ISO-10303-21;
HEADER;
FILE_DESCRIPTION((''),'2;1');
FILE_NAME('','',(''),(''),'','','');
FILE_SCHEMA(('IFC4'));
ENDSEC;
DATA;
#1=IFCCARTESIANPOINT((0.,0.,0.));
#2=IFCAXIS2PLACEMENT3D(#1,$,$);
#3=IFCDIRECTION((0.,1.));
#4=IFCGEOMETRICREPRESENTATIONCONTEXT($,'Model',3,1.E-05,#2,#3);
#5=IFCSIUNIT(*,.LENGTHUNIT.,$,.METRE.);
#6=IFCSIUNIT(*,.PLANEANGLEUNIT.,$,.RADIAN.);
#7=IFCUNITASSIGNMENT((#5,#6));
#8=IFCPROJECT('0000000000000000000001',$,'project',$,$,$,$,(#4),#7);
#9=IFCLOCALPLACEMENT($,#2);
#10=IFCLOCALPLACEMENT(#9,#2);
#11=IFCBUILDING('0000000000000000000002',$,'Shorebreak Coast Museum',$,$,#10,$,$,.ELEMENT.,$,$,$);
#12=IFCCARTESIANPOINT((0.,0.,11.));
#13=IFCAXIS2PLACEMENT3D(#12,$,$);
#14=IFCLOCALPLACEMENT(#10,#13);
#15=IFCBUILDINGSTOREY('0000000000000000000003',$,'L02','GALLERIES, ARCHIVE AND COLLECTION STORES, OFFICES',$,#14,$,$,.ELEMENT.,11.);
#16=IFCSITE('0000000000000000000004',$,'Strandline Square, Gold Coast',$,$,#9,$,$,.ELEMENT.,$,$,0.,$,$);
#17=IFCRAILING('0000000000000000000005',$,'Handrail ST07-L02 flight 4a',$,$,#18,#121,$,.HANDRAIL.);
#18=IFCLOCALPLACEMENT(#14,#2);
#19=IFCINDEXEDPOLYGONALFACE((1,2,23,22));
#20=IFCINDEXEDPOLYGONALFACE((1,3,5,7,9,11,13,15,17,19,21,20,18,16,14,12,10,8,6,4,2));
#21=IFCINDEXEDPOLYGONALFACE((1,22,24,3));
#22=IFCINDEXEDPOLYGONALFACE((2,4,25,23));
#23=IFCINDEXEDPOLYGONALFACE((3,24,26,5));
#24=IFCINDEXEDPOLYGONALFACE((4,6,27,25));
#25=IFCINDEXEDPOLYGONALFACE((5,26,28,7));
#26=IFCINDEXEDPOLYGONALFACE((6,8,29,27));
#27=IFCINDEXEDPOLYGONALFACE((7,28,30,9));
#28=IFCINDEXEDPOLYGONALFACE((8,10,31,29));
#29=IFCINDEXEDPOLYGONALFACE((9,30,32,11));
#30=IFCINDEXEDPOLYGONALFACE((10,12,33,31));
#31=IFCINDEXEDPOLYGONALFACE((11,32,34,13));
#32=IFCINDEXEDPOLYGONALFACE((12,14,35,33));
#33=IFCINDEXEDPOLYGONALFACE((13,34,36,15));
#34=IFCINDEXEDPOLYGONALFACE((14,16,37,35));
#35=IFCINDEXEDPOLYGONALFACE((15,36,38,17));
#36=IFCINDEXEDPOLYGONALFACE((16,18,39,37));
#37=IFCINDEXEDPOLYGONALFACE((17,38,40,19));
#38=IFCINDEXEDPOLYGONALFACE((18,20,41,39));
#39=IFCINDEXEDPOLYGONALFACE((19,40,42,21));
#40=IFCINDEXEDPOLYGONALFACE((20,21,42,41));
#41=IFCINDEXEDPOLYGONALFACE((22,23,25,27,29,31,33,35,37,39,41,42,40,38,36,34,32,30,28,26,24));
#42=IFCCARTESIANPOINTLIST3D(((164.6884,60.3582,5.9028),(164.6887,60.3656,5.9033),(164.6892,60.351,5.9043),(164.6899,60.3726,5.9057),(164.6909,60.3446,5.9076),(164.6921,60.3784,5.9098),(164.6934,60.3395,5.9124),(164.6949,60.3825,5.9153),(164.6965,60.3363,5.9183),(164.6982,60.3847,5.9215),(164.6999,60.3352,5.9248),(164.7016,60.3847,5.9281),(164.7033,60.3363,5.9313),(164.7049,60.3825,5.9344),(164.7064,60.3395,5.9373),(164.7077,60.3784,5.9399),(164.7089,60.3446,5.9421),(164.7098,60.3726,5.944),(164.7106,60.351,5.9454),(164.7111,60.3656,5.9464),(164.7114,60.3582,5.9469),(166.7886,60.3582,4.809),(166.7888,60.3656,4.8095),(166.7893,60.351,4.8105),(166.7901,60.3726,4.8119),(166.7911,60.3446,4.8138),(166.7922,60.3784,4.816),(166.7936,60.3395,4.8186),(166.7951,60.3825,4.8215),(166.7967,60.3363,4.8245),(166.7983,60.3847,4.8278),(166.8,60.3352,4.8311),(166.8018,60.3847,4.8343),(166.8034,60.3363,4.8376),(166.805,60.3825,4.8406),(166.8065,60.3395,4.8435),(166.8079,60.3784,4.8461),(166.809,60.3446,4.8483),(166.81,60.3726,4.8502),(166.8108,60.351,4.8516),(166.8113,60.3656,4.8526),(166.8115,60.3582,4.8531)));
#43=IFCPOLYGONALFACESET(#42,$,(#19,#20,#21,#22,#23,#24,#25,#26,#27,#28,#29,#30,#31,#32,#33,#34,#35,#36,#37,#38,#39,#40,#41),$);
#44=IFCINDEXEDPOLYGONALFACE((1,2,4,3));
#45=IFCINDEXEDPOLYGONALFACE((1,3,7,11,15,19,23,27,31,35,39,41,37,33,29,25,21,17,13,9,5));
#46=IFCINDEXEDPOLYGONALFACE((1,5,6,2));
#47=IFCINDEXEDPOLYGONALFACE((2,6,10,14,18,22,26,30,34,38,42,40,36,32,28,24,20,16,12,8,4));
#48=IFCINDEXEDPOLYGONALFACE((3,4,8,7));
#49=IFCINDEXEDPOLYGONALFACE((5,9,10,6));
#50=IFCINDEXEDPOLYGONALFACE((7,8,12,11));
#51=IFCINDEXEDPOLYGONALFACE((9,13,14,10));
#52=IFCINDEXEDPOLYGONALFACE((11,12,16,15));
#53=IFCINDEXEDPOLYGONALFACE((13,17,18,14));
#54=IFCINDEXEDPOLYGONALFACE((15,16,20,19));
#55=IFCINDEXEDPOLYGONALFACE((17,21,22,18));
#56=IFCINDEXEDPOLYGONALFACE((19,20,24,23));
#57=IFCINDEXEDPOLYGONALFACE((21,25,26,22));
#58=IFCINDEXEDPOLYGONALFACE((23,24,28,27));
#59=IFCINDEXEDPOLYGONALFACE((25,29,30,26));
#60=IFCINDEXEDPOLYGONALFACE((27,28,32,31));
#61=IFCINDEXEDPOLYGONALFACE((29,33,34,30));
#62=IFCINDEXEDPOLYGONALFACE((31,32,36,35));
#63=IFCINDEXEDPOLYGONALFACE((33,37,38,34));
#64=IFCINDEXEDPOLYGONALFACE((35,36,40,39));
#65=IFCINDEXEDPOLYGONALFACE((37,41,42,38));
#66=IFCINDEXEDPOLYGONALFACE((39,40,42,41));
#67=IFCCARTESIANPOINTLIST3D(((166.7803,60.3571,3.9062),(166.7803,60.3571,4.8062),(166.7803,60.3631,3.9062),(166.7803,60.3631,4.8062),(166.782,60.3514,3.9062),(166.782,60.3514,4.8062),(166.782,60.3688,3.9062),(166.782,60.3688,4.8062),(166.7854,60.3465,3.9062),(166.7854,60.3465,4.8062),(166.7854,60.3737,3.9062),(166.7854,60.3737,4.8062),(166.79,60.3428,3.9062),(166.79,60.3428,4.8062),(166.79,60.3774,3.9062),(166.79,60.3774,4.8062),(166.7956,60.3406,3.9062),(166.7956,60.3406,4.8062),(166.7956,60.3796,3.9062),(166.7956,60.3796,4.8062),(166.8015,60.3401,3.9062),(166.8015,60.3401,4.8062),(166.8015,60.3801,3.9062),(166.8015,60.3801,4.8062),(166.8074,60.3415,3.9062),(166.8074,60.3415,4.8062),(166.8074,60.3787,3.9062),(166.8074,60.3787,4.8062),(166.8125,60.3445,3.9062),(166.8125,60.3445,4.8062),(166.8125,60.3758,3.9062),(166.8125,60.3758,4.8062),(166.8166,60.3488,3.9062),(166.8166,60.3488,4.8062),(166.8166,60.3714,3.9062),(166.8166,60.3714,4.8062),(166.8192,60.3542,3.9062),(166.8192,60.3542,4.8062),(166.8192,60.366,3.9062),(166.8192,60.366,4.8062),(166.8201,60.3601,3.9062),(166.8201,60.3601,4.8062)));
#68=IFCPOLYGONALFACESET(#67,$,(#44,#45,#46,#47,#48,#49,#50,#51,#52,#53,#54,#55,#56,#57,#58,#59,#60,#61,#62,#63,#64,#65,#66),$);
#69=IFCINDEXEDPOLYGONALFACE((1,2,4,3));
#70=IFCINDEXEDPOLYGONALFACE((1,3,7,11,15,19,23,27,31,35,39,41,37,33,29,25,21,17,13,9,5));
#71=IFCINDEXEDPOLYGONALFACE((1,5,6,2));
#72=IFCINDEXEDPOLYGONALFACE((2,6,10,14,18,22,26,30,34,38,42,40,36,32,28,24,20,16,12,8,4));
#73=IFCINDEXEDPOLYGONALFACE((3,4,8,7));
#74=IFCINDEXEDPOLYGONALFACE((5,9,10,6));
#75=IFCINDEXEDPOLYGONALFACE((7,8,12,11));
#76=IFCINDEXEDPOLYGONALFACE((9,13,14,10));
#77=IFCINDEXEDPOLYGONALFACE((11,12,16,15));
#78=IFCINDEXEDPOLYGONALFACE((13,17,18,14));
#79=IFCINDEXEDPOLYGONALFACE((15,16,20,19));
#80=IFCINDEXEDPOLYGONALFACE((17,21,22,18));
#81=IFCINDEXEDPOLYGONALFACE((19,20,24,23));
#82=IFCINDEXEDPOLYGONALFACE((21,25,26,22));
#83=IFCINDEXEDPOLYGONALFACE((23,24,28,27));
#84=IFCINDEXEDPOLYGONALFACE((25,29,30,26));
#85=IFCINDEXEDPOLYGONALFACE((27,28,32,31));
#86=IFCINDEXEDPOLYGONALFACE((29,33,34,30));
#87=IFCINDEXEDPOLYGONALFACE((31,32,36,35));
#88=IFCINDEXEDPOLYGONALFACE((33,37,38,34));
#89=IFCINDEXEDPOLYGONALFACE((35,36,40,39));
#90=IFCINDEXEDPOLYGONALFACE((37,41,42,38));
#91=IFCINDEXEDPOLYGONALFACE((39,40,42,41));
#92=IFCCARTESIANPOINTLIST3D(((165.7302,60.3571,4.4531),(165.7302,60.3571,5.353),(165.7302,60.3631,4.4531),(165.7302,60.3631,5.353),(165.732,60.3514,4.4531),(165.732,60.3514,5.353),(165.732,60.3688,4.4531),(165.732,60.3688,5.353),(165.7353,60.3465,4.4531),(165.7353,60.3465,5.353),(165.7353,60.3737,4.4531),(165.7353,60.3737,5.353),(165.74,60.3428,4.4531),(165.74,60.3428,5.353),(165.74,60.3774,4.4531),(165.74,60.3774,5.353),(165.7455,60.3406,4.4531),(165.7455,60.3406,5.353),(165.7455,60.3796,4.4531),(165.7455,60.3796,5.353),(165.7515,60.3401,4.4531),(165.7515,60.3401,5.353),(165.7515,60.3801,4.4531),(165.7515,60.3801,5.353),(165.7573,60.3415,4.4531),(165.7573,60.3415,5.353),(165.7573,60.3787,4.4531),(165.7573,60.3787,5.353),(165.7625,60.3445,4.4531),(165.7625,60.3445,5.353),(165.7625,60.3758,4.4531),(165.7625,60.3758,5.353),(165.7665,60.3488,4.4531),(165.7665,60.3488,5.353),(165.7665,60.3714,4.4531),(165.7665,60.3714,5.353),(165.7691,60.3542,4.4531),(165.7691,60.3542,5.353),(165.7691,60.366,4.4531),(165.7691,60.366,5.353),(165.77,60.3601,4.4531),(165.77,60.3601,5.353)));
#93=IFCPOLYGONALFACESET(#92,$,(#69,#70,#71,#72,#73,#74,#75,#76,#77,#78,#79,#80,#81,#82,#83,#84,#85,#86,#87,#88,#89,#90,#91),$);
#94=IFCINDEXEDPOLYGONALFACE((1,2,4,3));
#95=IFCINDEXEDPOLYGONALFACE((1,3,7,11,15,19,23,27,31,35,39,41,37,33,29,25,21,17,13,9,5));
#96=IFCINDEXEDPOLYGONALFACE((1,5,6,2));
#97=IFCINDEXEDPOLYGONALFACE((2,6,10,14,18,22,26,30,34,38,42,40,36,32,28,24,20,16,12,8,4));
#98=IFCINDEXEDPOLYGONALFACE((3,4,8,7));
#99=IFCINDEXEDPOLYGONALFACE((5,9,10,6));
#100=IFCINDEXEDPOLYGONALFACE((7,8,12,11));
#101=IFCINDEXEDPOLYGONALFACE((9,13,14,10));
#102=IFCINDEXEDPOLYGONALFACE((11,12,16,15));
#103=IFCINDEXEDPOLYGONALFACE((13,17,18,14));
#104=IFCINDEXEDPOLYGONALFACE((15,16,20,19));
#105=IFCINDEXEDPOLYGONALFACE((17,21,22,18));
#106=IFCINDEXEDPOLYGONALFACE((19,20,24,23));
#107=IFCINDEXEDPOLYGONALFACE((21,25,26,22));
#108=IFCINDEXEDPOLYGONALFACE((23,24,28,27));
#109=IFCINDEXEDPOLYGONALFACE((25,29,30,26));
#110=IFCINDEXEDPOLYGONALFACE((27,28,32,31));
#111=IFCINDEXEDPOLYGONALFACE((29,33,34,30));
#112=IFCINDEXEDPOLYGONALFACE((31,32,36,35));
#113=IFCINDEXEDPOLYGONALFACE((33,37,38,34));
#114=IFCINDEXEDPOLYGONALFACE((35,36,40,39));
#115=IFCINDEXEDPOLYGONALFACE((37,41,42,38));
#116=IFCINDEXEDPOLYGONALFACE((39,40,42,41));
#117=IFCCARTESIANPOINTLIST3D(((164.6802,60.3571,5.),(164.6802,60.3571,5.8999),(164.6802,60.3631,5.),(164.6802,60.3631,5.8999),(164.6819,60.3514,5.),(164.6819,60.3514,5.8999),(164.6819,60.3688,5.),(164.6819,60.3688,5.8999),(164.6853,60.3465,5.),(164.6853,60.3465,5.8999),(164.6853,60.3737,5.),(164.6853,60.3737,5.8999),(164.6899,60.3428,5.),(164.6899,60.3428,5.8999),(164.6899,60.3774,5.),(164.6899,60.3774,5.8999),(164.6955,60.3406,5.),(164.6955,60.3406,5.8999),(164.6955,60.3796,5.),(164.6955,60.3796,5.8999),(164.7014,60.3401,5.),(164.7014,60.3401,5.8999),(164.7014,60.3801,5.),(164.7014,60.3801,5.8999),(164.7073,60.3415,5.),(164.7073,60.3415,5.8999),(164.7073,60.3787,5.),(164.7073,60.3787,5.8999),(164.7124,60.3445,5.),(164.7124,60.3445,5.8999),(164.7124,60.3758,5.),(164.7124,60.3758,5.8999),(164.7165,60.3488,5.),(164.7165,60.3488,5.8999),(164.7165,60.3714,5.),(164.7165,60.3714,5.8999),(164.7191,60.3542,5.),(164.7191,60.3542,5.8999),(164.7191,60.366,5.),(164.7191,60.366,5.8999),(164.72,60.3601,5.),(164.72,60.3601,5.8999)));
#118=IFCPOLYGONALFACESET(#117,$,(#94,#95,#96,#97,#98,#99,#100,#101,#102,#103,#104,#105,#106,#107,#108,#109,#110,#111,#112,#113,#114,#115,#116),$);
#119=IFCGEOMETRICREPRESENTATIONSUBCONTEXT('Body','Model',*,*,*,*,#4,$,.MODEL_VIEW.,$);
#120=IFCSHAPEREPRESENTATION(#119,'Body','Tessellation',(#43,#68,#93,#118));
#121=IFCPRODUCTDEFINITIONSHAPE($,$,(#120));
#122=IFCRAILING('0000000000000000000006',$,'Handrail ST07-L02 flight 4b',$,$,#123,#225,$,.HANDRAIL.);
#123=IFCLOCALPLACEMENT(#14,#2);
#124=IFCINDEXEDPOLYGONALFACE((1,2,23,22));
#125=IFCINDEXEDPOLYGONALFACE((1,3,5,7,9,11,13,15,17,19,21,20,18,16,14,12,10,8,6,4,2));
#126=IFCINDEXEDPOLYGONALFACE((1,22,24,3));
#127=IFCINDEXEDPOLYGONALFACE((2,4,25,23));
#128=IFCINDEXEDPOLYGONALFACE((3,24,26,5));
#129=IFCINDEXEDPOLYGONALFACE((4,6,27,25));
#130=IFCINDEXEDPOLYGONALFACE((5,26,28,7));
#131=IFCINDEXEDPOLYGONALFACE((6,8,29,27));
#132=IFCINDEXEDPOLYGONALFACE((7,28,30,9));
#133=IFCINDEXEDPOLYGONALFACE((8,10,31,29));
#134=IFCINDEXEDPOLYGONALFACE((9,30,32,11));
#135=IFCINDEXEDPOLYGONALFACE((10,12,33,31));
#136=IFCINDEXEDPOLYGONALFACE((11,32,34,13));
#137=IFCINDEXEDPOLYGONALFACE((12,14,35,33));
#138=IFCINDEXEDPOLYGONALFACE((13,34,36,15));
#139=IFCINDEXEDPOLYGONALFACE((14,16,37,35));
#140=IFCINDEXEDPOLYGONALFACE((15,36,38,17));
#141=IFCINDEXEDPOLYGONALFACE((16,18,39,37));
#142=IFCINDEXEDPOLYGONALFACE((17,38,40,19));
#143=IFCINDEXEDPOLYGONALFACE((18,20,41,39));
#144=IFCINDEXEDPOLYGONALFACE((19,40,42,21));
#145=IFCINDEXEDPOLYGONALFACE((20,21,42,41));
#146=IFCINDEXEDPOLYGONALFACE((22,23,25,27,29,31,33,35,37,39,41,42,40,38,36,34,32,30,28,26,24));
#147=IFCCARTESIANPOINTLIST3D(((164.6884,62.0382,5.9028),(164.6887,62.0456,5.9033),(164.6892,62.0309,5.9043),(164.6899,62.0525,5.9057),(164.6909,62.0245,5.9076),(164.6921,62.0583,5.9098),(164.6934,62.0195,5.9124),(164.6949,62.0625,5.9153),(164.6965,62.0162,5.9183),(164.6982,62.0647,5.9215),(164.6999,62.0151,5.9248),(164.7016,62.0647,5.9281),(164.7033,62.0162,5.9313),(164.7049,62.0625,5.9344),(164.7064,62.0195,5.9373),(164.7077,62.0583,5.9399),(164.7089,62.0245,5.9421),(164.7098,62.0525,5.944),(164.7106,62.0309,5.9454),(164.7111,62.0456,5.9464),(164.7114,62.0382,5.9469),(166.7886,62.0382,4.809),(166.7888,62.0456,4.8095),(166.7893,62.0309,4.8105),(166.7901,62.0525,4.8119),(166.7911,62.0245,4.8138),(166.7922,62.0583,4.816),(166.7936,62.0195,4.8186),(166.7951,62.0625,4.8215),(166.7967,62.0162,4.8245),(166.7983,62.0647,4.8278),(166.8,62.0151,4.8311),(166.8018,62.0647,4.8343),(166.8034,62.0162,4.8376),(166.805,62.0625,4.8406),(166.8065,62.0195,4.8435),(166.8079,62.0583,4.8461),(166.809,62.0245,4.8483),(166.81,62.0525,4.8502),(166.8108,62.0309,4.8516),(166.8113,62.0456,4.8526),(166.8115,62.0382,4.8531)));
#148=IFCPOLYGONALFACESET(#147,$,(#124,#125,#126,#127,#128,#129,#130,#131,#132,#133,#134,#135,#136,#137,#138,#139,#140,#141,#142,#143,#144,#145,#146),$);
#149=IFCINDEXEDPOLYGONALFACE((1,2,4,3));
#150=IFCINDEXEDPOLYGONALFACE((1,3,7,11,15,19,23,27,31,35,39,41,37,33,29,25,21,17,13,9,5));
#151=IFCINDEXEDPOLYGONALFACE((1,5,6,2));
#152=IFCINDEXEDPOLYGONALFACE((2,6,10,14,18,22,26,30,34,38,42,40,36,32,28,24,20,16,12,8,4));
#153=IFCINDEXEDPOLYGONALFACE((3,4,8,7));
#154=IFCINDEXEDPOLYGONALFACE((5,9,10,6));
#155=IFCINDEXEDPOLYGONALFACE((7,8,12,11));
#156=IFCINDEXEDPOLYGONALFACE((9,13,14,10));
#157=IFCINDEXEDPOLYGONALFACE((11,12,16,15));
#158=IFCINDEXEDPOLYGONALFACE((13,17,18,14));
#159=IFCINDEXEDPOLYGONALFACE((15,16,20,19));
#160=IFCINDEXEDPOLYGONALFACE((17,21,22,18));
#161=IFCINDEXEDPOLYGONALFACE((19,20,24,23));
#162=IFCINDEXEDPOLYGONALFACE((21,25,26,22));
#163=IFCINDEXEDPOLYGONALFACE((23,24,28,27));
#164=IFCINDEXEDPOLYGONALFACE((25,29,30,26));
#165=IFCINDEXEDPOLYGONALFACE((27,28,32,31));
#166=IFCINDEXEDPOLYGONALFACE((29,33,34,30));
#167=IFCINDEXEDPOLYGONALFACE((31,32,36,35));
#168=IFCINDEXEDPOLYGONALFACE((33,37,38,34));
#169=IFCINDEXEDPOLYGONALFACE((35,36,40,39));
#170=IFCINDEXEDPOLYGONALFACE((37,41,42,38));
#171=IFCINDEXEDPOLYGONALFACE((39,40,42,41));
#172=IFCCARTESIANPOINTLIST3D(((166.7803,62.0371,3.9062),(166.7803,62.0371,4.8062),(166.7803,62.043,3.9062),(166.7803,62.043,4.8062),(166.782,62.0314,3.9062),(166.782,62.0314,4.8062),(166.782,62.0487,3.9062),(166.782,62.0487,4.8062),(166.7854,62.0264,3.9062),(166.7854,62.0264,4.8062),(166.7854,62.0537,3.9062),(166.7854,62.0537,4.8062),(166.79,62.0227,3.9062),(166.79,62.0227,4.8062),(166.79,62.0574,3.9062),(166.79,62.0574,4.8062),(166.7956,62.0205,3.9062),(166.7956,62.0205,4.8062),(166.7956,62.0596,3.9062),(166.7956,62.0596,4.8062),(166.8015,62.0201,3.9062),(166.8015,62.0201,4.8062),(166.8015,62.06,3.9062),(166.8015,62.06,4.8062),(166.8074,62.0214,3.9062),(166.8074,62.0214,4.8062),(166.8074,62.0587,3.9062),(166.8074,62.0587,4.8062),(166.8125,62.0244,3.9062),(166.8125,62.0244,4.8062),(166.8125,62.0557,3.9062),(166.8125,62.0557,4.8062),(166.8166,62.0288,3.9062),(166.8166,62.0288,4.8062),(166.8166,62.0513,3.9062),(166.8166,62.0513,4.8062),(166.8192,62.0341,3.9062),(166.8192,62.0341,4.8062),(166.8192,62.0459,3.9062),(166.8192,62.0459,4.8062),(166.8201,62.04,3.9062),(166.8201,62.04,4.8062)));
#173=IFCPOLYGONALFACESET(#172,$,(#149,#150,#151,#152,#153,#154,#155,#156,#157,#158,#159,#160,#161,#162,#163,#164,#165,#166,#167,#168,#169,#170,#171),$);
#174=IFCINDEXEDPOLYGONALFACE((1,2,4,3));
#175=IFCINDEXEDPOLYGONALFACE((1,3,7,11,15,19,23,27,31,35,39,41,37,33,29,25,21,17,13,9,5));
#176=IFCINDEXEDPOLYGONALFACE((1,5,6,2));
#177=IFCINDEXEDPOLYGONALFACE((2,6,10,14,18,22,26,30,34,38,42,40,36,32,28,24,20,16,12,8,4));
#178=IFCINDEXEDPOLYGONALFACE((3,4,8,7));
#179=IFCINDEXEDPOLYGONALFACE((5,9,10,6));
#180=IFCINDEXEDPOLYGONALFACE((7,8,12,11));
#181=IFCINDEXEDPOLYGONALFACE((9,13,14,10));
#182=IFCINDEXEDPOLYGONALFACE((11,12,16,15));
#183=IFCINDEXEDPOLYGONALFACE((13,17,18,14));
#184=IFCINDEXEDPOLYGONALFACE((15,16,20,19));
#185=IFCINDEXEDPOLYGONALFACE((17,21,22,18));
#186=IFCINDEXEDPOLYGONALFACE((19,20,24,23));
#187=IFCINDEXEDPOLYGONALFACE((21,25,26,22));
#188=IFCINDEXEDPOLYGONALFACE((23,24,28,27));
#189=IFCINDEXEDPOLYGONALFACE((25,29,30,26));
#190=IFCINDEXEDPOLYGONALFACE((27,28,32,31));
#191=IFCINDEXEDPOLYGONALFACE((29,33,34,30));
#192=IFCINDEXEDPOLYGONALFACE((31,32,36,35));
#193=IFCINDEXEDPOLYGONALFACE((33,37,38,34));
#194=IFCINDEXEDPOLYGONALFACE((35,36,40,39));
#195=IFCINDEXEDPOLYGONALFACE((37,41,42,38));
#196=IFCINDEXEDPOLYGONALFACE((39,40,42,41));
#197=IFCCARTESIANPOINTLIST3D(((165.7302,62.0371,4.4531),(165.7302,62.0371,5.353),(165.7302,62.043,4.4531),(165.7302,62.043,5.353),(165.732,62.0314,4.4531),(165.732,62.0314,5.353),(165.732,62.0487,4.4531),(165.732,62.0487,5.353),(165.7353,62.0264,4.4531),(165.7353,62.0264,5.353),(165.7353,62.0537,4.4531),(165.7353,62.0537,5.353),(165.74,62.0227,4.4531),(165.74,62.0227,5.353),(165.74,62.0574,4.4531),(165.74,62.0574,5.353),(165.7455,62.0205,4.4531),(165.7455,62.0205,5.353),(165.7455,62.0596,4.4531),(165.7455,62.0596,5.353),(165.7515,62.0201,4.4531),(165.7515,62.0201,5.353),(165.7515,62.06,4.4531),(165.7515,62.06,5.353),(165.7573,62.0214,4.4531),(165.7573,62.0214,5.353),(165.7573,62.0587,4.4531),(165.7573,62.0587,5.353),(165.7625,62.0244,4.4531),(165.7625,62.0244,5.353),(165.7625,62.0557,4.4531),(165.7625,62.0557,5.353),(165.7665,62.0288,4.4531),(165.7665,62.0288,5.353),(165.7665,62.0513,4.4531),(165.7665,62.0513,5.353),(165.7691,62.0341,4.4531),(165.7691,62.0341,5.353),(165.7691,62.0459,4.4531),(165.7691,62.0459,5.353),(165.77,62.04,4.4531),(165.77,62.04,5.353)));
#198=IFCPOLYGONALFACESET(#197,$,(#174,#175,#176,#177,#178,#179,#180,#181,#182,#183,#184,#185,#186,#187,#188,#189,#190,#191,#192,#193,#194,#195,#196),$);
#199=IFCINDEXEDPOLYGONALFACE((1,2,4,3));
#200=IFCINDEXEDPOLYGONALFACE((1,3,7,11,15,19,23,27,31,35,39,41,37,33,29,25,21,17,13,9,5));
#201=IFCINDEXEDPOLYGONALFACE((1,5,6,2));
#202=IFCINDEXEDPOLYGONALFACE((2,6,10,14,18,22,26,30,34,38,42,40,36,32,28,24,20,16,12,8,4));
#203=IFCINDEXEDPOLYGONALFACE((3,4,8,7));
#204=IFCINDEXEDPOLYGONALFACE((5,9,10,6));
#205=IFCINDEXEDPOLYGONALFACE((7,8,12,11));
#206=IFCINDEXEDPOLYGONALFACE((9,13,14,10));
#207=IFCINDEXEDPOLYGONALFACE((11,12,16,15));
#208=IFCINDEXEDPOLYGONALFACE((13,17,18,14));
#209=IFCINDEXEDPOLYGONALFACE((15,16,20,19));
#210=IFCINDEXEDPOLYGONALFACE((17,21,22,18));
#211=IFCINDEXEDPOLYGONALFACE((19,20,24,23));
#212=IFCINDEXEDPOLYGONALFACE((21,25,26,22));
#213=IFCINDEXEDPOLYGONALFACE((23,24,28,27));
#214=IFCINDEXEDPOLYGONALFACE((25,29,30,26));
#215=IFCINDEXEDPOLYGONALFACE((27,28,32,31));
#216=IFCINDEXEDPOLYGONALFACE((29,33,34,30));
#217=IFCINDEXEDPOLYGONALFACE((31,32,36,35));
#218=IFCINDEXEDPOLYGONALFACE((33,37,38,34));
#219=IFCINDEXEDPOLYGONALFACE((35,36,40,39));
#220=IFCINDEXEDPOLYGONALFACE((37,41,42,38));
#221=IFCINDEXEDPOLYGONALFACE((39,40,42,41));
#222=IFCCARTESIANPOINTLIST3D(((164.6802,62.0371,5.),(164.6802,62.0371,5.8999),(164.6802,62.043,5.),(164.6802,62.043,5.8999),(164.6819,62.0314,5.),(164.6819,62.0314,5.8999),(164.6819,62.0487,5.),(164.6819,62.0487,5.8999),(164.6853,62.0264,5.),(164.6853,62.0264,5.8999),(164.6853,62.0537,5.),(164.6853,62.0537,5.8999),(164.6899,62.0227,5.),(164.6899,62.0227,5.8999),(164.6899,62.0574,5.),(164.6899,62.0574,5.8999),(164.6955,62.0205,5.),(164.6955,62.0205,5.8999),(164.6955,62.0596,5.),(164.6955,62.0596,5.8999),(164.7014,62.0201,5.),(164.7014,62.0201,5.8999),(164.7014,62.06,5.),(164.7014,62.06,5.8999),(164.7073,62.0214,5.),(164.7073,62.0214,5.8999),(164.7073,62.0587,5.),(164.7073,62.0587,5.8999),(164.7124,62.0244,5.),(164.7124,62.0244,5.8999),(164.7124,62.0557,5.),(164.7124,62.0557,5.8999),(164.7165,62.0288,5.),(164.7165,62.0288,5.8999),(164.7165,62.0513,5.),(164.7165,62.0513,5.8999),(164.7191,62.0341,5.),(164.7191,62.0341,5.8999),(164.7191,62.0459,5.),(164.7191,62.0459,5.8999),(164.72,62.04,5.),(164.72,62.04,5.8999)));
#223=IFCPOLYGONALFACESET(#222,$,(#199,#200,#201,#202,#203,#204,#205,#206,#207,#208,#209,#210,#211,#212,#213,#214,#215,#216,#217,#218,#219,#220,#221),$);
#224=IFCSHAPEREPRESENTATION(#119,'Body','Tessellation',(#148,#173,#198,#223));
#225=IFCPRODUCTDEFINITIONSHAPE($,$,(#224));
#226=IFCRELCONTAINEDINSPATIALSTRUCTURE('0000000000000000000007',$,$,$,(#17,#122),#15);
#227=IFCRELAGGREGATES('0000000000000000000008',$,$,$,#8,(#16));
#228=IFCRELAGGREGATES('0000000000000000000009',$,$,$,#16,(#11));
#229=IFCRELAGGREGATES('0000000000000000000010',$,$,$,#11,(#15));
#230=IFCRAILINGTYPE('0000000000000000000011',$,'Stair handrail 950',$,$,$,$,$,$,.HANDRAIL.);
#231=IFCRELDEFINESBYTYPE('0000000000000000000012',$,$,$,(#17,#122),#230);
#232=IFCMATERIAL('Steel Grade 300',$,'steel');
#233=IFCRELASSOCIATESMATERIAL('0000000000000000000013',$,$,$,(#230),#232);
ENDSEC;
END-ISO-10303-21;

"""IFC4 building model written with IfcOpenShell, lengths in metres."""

from ifc_helpers import new_model, si_unit, direction, frame, origin, origin_2d, place, context, subcontext, project, spatial, circle, extrude, material, type_object, element, save


model = new_model("IFC4")

# Units and contexts
model_context = context("Model", 3, precision=1e-05, world=origin(), true_north=direction((0.0, 1.0)))
body_context = subcontext(model_context, "Body", "Model", "MODEL_VIEW")
ifc_project = project(units=[si_unit("LENGTHUNIT", "METRE"), si_unit("PLANEANGLEUNIT", "RADIAN")], contexts=[model_context])

# Site, building, storey
site_placement = place(None, origin())
site = spatial("IfcSite", under=ifc_project, at=site_placement, Name="Strandline Square, Gold Coast", CompositionType="ELEMENT", RefElevation=0.0)
building_placement = place(site_placement, origin())
building = spatial("IfcBuilding", under=site, at=building_placement, Name="Shorebreak Coast Museum", CompositionType="ELEMENT")
storey_placement = place(building_placement, frame((0.0, 0.0, 11.0)))
storey = spatial("IfcBuildingStorey", under=building, at=storey_placement, Name="L02", Description="GALLERIES, ARCHIVE AND COLLECTION STORES, OFFICES", CompositionType="ELEMENT", Elevation=11.0)

# Railings
ifc_material_1 = material(Name="Steel Grade 300", Category="steel")
railing_type_1 = type_object("IfcRailingType", Name="Stair handrail 950", PredefinedType="HANDRAIL", material=ifc_material_1)
for number, where, name in (
    (1, (166.8, 60.3601, 3.9062), "Handrail ST07-L02 flight 4a"),
    (2, (166.8, 62.04, 3.9062), "Handrail ST07-L02 flight 4b"),
):
    element("IfcRailing", number, at=place(storey_placement, frame(where)), inside=storey, type_object=railing_type_1, Name=name, PredefinedType="HANDRAIL", context=body_context, shape_type="SweptSolid", body=[
        extrude(circle(Radius=0.0249, at=origin_2d()), frame((0.0, 0.0, 0.9248), z_axis=(-0.886923, 0.0, 0.461918), x_axis=(0.0, -1.0, 0.0)), (0.0, 0.0, 1.0), 2.3679),
        extrude(circle(Radius=0.02, at=origin_2d()), origin(), (0.0, 0.0, 1.0), 0.8999),
        extrude(circle(Radius=0.02, at=origin_2d()), frame((-1.05, 0.0, 0.5469)), (0.0, 0.0, 1.0), 0.8999),
        extrude(circle(Radius=0.02, at=origin_2d()), frame((-2.1001, 0.0, 1.0938)), (0.0, 0.0, 1.0), 0.8999),
    ])

save(model, "model.ifc")
